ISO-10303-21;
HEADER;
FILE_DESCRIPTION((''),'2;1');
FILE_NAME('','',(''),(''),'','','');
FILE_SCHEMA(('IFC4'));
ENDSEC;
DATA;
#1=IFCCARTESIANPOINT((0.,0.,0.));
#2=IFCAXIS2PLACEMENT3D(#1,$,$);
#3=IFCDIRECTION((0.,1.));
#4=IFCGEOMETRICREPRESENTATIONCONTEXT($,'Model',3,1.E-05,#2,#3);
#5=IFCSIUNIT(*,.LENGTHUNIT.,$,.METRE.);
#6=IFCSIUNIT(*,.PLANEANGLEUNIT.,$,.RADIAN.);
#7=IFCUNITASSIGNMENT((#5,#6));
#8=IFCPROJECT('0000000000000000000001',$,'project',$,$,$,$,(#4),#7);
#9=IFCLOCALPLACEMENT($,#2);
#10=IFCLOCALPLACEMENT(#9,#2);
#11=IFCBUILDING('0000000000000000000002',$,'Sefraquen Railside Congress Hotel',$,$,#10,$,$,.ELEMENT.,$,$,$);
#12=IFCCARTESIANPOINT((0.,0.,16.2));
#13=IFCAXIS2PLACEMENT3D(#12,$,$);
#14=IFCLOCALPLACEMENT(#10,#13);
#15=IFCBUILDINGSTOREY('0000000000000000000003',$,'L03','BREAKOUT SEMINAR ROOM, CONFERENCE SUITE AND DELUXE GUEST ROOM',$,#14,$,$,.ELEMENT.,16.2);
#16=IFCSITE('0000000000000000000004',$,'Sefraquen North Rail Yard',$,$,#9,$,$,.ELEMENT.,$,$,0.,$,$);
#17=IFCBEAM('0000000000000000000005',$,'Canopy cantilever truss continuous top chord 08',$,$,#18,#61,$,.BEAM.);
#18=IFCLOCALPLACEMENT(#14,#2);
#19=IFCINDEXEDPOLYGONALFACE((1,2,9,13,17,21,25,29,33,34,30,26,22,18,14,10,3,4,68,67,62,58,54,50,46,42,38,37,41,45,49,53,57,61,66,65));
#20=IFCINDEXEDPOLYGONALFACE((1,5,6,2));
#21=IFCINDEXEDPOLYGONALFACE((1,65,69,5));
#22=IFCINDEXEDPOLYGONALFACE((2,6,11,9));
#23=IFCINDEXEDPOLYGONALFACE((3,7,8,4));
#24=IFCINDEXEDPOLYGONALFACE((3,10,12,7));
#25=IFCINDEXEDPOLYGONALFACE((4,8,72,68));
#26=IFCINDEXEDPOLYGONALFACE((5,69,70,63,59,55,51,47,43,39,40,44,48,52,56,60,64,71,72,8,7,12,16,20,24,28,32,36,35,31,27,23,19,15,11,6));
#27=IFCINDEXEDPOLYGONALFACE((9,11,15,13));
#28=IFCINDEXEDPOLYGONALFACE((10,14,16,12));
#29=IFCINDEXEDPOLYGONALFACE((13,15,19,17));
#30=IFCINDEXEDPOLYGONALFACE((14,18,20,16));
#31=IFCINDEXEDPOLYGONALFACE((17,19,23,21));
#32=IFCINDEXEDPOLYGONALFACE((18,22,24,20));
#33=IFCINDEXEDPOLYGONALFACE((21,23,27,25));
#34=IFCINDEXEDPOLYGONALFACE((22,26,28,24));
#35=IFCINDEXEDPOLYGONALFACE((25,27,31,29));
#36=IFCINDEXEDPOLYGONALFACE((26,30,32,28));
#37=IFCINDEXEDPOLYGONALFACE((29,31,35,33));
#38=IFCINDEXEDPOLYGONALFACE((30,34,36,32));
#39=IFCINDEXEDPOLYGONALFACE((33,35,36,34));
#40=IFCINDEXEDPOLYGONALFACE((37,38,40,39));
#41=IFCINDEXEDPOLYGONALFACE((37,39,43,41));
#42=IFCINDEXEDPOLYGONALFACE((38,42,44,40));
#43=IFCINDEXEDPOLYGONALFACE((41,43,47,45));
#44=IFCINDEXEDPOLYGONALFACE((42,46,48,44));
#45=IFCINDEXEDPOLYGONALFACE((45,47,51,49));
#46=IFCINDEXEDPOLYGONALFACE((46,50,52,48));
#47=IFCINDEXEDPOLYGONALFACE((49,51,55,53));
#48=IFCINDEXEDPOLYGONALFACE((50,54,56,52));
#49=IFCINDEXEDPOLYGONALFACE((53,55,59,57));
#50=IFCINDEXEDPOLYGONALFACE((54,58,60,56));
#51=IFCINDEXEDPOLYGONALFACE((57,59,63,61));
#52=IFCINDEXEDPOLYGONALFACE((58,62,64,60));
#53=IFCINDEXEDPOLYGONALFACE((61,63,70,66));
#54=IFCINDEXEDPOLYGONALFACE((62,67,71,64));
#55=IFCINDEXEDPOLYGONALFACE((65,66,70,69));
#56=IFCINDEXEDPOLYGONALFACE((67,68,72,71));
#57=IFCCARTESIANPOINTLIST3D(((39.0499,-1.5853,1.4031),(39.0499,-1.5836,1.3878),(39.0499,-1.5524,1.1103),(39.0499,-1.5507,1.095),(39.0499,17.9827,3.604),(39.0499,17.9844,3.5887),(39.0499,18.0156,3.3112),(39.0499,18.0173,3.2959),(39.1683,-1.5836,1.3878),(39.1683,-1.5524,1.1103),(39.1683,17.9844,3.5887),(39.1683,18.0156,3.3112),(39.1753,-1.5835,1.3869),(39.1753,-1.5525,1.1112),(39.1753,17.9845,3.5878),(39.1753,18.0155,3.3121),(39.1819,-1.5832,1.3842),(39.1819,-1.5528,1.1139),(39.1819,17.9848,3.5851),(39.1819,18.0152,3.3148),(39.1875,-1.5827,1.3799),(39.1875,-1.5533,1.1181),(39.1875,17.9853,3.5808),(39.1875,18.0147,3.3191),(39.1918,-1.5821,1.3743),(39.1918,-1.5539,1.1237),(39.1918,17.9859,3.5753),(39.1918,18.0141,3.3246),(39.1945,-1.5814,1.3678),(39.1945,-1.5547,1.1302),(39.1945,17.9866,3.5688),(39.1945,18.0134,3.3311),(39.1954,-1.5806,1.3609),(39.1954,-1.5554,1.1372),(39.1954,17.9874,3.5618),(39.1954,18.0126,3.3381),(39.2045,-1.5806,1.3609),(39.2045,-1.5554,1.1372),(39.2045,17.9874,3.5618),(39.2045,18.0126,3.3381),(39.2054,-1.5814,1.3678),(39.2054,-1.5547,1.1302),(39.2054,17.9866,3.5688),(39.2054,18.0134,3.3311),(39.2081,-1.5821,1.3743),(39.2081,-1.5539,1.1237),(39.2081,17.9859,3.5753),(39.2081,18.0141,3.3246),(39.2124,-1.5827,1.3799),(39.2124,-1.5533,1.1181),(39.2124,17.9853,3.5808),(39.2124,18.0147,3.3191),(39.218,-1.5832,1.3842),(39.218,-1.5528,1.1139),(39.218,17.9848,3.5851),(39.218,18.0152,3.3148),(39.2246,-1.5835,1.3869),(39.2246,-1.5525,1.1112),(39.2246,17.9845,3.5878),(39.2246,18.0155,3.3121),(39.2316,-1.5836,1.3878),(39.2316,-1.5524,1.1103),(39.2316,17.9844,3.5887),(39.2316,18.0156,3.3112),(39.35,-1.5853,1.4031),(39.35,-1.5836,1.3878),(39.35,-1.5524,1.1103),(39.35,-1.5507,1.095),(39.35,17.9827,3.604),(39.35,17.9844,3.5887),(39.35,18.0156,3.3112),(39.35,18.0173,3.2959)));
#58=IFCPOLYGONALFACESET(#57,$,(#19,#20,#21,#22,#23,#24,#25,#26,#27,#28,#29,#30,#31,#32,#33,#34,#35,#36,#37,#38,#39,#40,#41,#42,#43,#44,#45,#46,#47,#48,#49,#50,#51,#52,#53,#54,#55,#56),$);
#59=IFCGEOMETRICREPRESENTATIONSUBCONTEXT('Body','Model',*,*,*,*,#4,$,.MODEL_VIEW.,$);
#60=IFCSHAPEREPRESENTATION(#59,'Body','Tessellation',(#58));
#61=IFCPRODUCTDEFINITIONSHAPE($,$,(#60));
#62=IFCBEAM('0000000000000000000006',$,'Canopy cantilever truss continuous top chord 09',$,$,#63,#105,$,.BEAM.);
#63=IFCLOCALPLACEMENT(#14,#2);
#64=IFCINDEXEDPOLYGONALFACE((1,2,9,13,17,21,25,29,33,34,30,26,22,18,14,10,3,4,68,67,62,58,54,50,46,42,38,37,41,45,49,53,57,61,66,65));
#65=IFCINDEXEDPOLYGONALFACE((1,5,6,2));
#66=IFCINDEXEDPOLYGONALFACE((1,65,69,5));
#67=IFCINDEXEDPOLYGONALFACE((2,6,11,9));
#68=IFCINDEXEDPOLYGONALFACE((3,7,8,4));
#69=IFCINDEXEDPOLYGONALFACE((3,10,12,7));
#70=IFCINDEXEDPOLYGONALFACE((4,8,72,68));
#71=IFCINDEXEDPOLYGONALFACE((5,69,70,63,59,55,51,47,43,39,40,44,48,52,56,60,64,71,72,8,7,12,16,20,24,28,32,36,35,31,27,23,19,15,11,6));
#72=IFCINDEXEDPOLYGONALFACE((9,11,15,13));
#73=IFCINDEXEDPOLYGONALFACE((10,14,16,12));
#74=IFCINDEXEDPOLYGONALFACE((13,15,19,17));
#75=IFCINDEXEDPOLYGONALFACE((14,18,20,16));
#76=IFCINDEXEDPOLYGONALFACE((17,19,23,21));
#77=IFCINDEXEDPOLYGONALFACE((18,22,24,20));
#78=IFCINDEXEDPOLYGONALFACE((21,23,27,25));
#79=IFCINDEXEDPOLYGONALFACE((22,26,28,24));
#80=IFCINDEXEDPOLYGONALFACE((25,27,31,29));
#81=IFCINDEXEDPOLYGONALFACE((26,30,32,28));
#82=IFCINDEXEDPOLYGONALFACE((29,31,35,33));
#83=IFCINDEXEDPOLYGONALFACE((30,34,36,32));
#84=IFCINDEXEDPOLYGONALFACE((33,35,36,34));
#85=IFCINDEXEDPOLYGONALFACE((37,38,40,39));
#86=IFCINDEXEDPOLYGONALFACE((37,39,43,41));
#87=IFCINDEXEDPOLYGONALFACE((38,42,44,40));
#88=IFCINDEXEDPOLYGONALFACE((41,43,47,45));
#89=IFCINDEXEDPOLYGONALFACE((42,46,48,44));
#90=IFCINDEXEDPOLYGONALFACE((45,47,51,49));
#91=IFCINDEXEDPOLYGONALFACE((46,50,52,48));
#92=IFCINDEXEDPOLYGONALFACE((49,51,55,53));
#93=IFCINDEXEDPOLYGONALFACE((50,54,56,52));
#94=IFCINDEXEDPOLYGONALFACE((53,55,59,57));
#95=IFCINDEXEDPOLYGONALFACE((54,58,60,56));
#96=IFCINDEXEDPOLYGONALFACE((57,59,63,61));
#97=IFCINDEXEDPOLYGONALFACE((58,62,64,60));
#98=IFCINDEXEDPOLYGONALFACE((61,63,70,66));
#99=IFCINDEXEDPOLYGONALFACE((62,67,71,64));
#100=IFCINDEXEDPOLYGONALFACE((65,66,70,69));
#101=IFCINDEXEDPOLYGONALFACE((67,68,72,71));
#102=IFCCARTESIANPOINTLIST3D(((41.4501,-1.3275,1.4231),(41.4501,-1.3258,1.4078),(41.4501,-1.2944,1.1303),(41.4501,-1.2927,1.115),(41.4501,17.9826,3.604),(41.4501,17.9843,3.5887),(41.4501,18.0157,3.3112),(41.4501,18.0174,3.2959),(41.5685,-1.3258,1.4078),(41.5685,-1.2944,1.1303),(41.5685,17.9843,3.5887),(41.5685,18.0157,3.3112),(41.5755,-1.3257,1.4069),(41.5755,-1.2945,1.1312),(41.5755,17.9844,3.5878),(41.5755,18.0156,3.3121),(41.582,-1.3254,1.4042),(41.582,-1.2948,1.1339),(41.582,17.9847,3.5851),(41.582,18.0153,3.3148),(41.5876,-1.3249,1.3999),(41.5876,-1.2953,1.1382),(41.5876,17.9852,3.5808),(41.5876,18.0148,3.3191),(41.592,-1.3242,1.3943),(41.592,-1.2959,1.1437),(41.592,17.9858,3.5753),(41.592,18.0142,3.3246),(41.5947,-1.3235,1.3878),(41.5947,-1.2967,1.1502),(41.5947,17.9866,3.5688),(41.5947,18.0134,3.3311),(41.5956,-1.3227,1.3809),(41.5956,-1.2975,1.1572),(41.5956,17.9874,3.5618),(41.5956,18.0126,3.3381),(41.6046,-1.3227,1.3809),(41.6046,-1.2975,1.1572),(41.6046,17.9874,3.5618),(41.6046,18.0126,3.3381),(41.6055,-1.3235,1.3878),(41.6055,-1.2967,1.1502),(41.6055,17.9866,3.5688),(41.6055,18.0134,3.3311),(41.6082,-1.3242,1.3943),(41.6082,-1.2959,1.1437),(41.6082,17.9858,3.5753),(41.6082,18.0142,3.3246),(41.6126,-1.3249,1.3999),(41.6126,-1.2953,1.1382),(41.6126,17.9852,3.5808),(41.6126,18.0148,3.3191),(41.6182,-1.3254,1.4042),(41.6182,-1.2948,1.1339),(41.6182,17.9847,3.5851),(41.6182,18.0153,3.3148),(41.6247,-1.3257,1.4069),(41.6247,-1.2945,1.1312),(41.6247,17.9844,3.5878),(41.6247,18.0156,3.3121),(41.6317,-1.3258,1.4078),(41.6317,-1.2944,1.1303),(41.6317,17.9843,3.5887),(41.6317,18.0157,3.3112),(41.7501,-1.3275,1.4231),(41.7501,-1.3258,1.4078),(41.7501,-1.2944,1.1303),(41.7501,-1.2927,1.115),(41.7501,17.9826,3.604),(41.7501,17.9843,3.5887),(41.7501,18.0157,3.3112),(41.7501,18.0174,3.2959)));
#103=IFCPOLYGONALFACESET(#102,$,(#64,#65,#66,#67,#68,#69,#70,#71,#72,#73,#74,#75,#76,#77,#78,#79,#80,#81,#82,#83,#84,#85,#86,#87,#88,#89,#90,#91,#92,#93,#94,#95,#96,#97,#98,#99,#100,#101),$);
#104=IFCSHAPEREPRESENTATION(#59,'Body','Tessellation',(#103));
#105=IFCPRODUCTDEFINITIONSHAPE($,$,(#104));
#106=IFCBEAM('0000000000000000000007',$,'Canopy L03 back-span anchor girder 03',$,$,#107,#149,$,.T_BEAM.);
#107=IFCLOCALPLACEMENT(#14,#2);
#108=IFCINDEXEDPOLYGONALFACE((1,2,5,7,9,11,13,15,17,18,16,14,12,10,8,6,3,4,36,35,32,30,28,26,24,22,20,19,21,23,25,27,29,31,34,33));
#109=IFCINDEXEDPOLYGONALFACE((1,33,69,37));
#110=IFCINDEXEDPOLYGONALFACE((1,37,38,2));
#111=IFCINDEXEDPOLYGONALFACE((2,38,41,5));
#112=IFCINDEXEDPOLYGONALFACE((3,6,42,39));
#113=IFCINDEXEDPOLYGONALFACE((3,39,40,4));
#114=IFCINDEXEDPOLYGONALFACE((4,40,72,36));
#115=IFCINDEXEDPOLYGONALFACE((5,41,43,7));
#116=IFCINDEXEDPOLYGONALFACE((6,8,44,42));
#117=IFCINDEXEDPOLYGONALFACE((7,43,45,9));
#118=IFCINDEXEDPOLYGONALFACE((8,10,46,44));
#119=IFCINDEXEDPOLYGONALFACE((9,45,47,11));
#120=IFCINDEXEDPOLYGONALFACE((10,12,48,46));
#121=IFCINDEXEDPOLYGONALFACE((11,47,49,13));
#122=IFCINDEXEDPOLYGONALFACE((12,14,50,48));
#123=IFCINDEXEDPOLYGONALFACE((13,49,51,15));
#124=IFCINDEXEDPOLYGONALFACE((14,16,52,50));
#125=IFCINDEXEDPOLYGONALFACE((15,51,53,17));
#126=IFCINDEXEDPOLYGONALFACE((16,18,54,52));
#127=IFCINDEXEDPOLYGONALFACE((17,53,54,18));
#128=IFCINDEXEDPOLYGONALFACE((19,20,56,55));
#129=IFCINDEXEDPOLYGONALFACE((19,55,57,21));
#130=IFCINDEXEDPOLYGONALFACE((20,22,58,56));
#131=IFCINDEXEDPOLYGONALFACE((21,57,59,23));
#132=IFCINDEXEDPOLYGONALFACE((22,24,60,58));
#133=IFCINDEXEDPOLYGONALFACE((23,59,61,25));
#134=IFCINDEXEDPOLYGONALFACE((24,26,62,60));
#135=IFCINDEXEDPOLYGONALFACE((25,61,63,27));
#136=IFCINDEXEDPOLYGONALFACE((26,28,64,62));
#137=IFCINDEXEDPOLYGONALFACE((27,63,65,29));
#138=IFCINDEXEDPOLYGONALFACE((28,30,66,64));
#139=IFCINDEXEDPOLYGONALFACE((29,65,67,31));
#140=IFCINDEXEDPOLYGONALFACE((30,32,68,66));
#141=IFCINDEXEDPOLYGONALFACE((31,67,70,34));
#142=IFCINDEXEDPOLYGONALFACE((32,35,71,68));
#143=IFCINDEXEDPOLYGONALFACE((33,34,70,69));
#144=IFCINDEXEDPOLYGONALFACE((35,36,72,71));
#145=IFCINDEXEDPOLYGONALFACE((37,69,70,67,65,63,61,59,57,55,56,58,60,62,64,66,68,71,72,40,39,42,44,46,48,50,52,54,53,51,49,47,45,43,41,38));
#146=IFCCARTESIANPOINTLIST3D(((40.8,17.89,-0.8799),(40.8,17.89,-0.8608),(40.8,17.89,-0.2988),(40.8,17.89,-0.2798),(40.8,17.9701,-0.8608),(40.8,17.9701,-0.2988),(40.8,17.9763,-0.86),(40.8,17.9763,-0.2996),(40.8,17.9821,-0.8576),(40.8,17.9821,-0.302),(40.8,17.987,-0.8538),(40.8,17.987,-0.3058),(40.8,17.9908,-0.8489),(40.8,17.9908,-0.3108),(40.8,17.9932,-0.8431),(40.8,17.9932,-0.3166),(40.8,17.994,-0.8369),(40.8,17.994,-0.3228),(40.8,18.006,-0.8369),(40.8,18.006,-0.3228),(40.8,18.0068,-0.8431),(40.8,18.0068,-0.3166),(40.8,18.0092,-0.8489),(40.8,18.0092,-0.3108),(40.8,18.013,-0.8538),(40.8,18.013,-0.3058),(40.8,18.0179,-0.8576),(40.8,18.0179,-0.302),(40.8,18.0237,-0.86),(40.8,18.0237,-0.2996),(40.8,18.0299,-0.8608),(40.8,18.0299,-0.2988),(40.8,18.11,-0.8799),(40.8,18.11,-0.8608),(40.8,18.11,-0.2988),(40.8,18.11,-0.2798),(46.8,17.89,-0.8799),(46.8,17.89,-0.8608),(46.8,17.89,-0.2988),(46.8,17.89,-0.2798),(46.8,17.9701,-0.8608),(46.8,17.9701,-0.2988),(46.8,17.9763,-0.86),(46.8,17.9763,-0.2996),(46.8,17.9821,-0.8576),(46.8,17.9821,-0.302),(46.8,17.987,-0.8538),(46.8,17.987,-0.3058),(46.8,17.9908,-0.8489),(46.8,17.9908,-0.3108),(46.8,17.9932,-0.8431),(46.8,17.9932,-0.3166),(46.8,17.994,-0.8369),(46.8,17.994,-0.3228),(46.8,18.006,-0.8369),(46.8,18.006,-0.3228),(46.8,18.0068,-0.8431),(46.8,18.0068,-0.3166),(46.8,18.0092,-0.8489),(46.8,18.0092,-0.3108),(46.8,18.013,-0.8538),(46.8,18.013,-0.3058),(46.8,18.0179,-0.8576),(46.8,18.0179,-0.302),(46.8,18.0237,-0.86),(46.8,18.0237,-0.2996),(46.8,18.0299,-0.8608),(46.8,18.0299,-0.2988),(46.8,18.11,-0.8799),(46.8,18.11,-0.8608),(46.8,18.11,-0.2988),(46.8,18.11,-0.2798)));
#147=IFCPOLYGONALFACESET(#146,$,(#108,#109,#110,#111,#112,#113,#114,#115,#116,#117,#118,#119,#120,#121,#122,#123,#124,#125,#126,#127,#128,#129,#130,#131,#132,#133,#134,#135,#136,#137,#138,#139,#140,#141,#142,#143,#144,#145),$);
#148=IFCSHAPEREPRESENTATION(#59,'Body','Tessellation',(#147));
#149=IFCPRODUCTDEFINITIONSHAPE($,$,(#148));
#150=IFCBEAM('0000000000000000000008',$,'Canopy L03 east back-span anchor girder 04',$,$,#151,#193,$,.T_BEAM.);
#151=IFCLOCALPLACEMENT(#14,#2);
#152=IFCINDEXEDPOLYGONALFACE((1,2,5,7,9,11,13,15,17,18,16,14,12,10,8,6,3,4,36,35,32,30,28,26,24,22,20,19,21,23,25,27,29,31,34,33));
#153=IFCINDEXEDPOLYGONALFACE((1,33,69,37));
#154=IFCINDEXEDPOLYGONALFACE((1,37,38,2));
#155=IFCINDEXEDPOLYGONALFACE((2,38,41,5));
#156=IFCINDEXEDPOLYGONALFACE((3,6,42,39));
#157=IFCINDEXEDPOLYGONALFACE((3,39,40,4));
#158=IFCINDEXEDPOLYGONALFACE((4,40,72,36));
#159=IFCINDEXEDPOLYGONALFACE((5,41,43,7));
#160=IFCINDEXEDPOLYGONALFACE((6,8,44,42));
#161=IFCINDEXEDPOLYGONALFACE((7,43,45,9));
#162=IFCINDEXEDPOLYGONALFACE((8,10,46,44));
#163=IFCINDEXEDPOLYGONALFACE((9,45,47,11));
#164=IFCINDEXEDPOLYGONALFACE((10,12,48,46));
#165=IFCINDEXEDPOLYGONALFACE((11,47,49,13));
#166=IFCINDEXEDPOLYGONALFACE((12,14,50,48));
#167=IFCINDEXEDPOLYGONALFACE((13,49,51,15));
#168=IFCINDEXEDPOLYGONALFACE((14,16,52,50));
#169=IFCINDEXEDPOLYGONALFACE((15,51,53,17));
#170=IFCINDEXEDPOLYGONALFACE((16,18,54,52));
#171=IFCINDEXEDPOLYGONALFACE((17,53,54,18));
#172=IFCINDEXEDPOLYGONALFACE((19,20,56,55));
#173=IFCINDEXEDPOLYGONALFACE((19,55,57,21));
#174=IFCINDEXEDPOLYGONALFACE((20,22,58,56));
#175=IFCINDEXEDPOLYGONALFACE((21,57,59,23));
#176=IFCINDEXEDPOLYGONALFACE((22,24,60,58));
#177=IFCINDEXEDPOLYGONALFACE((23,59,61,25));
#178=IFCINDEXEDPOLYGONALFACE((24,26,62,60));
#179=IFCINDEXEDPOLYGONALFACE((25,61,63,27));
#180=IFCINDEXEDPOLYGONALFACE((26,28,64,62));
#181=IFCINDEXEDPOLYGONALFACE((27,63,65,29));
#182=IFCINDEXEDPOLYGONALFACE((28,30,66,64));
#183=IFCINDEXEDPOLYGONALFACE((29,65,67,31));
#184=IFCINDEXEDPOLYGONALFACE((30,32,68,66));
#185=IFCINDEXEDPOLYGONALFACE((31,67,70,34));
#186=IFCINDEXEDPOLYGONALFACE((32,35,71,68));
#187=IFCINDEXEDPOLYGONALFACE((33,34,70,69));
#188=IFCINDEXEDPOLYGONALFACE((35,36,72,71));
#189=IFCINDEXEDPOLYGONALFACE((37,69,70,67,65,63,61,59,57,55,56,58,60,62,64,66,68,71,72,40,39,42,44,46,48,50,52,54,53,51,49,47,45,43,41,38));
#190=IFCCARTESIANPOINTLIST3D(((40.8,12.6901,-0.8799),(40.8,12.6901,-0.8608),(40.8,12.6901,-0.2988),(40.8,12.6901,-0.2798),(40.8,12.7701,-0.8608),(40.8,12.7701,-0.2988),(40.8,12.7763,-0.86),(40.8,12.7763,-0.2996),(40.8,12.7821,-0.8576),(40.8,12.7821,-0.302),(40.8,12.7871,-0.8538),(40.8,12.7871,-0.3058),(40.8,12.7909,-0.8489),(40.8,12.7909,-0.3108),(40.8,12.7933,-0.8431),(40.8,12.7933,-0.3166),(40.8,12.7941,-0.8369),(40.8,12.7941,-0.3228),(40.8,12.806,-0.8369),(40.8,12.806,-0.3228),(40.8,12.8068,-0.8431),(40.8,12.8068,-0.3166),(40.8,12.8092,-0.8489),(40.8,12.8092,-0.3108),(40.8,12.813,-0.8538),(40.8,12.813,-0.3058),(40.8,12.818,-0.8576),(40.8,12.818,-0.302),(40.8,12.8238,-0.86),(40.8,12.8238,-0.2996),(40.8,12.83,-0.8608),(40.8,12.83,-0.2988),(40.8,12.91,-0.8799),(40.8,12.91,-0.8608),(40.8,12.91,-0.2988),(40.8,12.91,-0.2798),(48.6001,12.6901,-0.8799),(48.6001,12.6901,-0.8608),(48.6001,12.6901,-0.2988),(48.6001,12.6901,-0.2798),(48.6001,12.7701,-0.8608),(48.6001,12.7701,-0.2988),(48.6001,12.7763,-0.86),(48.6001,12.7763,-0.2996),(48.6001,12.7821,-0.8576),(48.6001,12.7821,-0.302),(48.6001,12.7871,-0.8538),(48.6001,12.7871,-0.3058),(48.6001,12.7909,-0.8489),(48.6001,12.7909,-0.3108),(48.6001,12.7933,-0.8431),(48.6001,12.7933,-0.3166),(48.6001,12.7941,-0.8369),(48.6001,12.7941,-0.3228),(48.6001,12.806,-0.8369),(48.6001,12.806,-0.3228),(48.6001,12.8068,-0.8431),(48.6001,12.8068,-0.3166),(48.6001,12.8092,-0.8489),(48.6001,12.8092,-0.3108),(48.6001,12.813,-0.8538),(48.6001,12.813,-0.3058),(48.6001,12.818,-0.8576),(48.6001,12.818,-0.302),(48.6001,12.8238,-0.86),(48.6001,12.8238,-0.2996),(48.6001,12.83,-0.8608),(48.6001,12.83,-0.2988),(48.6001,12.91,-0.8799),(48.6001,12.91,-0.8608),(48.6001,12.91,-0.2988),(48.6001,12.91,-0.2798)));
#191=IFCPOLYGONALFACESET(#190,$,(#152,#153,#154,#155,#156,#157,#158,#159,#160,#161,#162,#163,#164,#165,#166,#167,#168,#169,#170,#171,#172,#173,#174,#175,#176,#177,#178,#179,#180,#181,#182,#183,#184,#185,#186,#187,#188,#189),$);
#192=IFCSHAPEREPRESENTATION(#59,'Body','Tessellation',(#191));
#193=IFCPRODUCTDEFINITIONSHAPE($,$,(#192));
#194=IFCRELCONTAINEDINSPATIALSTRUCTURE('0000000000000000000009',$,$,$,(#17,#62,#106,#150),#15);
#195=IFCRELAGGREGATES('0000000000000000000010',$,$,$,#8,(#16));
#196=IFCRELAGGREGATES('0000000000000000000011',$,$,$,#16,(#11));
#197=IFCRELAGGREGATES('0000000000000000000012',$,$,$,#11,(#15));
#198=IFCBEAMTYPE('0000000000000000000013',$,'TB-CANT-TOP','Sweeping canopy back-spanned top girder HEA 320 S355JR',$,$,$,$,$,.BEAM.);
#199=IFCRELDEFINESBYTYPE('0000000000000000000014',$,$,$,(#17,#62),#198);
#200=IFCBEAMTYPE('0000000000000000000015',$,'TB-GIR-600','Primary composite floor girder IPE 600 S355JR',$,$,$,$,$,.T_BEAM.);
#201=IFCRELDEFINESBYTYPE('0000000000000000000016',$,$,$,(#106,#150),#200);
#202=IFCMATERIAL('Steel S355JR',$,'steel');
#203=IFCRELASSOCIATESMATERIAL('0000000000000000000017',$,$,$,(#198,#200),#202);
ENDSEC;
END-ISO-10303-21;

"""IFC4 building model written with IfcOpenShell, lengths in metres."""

from ifc_helpers import new_model, si_unit, direction, frame, origin, origin_2d, place, context, subcontext, project, spatial, i_section, extrude, material, material_profile, profile_set, type_object, element, save


model = new_model("IFC4")

# Units and contexts
model_context = context("Model", 3, precision=1e-05, world=origin(), true_north=direction((0.0, 1.0)))
body_context = subcontext(model_context, "Body", "Model", "MODEL_VIEW")
ifc_project = project(units=[si_unit("LENGTHUNIT", "METRE"), si_unit("PLANEANGLEUNIT", "RADIAN")], contexts=[model_context])

# Site, building, storey
site_placement = place(None, origin())
site = spatial("IfcSite", under=ifc_project, at=site_placement, Name="Sefraquen North Rail Yard", CompositionType="ELEMENT", RefElevation=0.0)
building_placement = place(site_placement, origin())
building = spatial("IfcBuilding", under=site, at=building_placement, Name="Sefraquen Railside Congress Hotel", CompositionType="ELEMENT")
storey_placement = place(building_placement, frame((0.0, 0.0, 16.2)))
storey = spatial("IfcBuildingStorey", under=building, at=storey_placement, Name="L03", Description="BREAKOUT SEMINAR ROOM, CONFERENCE SUITE AND DELUXE GUEST ROOM", CompositionType="ELEMENT", Elevation=16.2)

# Beams
ifc_material_1 = material(Name="Steel S355JR", Category="steel")
ifc_material_profile_1 = material_profile(ifc_material_1, i_section(OverallWidth=0.3, OverallDepth=0.3101, WebThickness=0.009, FlangeThickness=0.0154, FilletRadius=0.0271, at=origin_2d()), Name="HEA 320")
ifc_profile_set_1 = profile_set([ifc_material_profile_1], Name="Steel S355JR")
beam_type_1 = type_object("IfcBeamType", Name="TB-CANT-TOP", Description="Sweeping canopy back-spanned top girder HEA 320 S355JR", PredefinedType="BEAM", material=ifc_profile_set_1)
beam_1_placement = place(storey_placement, frame((39.2, 18.0, 3.45), z_axis=(0.0, -0.993734, -0.11177), x_axis=(1.0, 0.0, 0.0)))
element("IfcBeam", 1, at=beam_1_placement, inside=storey, type_object=beam_type_1, Name="Canopy cantilever truss continuous top chord 08", PredefinedType="BEAM", context=body_context, shape_type="SweptSolid", body=[
    extrude(i_section(OverallWidth=0.3, OverallDepth=0.3101, WebThickness=0.009, FlangeThickness=0.0154, FilletRadius=0.0271, at=origin_2d()), origin(), (0.0, 0.0, 1.0), 19.6914),
])
beam_2_placement = place(storey_placement, frame((41.6001, 18.0, 3.45), z_axis=(0.0, -0.993682, -0.112228), x_axis=(1.0, 0.0, 0.0)))
element("IfcBeam", 2, at=beam_2_placement, inside=storey, type_object=beam_type_1, Name="Canopy cantilever truss continuous top chord 09", PredefinedType="BEAM", context=body_context, shape_type="SweptSolid", body=[
    extrude(i_section(OverallWidth=0.3, OverallDepth=0.3101, WebThickness=0.009, FlangeThickness=0.0154, FilletRadius=0.0271, at=origin_2d()), origin(), (0.0, 0.0, 1.0), 19.4329),
])
ifc_material_profile_2 = material_profile(ifc_material_1, i_section(OverallWidth=0.22, OverallDepth=0.6001, WebThickness=0.012, FlangeThickness=0.019, FilletRadius=0.0239, at=origin_2d()), Name="IPE 600")
ifc_profile_set_2 = profile_set([ifc_material_profile_2], Name="Steel S355JR")
beam_type_2 = type_object("IfcBeamType", Name="TB-GIR-600", Description="Primary composite floor girder IPE 600 S355JR", PredefinedType="T_BEAM", material=ifc_profile_set_2)
beam_3_placement = place(storey_placement, frame((40.8, 18.0, -0.5798), z_axis=(1.0, 0.0, 0.0), x_axis=(0.0, 1.0, 0.0)))
element("IfcBeam", 3, at=beam_3_placement, inside=storey, type_object=beam_type_2, Name="Canopy L03 back-span anchor girder 03", PredefinedType="T_BEAM", context=body_context, shape_type="SweptSolid", body=[
    extrude(i_section(OverallWidth=0.22, OverallDepth=0.6001, WebThickness=0.012, FlangeThickness=0.019, FilletRadius=0.0239, at=origin_2d()), origin(), (0.0, 0.0, 1.0), 6.0),
])
beam_4_placement = place(storey_placement, frame((40.8, 12.8, -0.5798), z_axis=(1.0, 0.0, 0.0), x_axis=(0.0, 1.0, 0.0)))
element("IfcBeam", 4, at=beam_4_placement, inside=storey, type_object=beam_type_2, Name="Canopy L03 east back-span anchor girder 04", PredefinedType="T_BEAM", context=body_context, shape_type="SweptSolid", body=[
    extrude(i_section(OverallWidth=0.22, OverallDepth=0.6001, WebThickness=0.012, FlangeThickness=0.019, FilletRadius=0.0239, at=origin_2d()), origin(), (0.0, 0.0, 1.0), 7.8),
])

save(model, "model.ifc")
